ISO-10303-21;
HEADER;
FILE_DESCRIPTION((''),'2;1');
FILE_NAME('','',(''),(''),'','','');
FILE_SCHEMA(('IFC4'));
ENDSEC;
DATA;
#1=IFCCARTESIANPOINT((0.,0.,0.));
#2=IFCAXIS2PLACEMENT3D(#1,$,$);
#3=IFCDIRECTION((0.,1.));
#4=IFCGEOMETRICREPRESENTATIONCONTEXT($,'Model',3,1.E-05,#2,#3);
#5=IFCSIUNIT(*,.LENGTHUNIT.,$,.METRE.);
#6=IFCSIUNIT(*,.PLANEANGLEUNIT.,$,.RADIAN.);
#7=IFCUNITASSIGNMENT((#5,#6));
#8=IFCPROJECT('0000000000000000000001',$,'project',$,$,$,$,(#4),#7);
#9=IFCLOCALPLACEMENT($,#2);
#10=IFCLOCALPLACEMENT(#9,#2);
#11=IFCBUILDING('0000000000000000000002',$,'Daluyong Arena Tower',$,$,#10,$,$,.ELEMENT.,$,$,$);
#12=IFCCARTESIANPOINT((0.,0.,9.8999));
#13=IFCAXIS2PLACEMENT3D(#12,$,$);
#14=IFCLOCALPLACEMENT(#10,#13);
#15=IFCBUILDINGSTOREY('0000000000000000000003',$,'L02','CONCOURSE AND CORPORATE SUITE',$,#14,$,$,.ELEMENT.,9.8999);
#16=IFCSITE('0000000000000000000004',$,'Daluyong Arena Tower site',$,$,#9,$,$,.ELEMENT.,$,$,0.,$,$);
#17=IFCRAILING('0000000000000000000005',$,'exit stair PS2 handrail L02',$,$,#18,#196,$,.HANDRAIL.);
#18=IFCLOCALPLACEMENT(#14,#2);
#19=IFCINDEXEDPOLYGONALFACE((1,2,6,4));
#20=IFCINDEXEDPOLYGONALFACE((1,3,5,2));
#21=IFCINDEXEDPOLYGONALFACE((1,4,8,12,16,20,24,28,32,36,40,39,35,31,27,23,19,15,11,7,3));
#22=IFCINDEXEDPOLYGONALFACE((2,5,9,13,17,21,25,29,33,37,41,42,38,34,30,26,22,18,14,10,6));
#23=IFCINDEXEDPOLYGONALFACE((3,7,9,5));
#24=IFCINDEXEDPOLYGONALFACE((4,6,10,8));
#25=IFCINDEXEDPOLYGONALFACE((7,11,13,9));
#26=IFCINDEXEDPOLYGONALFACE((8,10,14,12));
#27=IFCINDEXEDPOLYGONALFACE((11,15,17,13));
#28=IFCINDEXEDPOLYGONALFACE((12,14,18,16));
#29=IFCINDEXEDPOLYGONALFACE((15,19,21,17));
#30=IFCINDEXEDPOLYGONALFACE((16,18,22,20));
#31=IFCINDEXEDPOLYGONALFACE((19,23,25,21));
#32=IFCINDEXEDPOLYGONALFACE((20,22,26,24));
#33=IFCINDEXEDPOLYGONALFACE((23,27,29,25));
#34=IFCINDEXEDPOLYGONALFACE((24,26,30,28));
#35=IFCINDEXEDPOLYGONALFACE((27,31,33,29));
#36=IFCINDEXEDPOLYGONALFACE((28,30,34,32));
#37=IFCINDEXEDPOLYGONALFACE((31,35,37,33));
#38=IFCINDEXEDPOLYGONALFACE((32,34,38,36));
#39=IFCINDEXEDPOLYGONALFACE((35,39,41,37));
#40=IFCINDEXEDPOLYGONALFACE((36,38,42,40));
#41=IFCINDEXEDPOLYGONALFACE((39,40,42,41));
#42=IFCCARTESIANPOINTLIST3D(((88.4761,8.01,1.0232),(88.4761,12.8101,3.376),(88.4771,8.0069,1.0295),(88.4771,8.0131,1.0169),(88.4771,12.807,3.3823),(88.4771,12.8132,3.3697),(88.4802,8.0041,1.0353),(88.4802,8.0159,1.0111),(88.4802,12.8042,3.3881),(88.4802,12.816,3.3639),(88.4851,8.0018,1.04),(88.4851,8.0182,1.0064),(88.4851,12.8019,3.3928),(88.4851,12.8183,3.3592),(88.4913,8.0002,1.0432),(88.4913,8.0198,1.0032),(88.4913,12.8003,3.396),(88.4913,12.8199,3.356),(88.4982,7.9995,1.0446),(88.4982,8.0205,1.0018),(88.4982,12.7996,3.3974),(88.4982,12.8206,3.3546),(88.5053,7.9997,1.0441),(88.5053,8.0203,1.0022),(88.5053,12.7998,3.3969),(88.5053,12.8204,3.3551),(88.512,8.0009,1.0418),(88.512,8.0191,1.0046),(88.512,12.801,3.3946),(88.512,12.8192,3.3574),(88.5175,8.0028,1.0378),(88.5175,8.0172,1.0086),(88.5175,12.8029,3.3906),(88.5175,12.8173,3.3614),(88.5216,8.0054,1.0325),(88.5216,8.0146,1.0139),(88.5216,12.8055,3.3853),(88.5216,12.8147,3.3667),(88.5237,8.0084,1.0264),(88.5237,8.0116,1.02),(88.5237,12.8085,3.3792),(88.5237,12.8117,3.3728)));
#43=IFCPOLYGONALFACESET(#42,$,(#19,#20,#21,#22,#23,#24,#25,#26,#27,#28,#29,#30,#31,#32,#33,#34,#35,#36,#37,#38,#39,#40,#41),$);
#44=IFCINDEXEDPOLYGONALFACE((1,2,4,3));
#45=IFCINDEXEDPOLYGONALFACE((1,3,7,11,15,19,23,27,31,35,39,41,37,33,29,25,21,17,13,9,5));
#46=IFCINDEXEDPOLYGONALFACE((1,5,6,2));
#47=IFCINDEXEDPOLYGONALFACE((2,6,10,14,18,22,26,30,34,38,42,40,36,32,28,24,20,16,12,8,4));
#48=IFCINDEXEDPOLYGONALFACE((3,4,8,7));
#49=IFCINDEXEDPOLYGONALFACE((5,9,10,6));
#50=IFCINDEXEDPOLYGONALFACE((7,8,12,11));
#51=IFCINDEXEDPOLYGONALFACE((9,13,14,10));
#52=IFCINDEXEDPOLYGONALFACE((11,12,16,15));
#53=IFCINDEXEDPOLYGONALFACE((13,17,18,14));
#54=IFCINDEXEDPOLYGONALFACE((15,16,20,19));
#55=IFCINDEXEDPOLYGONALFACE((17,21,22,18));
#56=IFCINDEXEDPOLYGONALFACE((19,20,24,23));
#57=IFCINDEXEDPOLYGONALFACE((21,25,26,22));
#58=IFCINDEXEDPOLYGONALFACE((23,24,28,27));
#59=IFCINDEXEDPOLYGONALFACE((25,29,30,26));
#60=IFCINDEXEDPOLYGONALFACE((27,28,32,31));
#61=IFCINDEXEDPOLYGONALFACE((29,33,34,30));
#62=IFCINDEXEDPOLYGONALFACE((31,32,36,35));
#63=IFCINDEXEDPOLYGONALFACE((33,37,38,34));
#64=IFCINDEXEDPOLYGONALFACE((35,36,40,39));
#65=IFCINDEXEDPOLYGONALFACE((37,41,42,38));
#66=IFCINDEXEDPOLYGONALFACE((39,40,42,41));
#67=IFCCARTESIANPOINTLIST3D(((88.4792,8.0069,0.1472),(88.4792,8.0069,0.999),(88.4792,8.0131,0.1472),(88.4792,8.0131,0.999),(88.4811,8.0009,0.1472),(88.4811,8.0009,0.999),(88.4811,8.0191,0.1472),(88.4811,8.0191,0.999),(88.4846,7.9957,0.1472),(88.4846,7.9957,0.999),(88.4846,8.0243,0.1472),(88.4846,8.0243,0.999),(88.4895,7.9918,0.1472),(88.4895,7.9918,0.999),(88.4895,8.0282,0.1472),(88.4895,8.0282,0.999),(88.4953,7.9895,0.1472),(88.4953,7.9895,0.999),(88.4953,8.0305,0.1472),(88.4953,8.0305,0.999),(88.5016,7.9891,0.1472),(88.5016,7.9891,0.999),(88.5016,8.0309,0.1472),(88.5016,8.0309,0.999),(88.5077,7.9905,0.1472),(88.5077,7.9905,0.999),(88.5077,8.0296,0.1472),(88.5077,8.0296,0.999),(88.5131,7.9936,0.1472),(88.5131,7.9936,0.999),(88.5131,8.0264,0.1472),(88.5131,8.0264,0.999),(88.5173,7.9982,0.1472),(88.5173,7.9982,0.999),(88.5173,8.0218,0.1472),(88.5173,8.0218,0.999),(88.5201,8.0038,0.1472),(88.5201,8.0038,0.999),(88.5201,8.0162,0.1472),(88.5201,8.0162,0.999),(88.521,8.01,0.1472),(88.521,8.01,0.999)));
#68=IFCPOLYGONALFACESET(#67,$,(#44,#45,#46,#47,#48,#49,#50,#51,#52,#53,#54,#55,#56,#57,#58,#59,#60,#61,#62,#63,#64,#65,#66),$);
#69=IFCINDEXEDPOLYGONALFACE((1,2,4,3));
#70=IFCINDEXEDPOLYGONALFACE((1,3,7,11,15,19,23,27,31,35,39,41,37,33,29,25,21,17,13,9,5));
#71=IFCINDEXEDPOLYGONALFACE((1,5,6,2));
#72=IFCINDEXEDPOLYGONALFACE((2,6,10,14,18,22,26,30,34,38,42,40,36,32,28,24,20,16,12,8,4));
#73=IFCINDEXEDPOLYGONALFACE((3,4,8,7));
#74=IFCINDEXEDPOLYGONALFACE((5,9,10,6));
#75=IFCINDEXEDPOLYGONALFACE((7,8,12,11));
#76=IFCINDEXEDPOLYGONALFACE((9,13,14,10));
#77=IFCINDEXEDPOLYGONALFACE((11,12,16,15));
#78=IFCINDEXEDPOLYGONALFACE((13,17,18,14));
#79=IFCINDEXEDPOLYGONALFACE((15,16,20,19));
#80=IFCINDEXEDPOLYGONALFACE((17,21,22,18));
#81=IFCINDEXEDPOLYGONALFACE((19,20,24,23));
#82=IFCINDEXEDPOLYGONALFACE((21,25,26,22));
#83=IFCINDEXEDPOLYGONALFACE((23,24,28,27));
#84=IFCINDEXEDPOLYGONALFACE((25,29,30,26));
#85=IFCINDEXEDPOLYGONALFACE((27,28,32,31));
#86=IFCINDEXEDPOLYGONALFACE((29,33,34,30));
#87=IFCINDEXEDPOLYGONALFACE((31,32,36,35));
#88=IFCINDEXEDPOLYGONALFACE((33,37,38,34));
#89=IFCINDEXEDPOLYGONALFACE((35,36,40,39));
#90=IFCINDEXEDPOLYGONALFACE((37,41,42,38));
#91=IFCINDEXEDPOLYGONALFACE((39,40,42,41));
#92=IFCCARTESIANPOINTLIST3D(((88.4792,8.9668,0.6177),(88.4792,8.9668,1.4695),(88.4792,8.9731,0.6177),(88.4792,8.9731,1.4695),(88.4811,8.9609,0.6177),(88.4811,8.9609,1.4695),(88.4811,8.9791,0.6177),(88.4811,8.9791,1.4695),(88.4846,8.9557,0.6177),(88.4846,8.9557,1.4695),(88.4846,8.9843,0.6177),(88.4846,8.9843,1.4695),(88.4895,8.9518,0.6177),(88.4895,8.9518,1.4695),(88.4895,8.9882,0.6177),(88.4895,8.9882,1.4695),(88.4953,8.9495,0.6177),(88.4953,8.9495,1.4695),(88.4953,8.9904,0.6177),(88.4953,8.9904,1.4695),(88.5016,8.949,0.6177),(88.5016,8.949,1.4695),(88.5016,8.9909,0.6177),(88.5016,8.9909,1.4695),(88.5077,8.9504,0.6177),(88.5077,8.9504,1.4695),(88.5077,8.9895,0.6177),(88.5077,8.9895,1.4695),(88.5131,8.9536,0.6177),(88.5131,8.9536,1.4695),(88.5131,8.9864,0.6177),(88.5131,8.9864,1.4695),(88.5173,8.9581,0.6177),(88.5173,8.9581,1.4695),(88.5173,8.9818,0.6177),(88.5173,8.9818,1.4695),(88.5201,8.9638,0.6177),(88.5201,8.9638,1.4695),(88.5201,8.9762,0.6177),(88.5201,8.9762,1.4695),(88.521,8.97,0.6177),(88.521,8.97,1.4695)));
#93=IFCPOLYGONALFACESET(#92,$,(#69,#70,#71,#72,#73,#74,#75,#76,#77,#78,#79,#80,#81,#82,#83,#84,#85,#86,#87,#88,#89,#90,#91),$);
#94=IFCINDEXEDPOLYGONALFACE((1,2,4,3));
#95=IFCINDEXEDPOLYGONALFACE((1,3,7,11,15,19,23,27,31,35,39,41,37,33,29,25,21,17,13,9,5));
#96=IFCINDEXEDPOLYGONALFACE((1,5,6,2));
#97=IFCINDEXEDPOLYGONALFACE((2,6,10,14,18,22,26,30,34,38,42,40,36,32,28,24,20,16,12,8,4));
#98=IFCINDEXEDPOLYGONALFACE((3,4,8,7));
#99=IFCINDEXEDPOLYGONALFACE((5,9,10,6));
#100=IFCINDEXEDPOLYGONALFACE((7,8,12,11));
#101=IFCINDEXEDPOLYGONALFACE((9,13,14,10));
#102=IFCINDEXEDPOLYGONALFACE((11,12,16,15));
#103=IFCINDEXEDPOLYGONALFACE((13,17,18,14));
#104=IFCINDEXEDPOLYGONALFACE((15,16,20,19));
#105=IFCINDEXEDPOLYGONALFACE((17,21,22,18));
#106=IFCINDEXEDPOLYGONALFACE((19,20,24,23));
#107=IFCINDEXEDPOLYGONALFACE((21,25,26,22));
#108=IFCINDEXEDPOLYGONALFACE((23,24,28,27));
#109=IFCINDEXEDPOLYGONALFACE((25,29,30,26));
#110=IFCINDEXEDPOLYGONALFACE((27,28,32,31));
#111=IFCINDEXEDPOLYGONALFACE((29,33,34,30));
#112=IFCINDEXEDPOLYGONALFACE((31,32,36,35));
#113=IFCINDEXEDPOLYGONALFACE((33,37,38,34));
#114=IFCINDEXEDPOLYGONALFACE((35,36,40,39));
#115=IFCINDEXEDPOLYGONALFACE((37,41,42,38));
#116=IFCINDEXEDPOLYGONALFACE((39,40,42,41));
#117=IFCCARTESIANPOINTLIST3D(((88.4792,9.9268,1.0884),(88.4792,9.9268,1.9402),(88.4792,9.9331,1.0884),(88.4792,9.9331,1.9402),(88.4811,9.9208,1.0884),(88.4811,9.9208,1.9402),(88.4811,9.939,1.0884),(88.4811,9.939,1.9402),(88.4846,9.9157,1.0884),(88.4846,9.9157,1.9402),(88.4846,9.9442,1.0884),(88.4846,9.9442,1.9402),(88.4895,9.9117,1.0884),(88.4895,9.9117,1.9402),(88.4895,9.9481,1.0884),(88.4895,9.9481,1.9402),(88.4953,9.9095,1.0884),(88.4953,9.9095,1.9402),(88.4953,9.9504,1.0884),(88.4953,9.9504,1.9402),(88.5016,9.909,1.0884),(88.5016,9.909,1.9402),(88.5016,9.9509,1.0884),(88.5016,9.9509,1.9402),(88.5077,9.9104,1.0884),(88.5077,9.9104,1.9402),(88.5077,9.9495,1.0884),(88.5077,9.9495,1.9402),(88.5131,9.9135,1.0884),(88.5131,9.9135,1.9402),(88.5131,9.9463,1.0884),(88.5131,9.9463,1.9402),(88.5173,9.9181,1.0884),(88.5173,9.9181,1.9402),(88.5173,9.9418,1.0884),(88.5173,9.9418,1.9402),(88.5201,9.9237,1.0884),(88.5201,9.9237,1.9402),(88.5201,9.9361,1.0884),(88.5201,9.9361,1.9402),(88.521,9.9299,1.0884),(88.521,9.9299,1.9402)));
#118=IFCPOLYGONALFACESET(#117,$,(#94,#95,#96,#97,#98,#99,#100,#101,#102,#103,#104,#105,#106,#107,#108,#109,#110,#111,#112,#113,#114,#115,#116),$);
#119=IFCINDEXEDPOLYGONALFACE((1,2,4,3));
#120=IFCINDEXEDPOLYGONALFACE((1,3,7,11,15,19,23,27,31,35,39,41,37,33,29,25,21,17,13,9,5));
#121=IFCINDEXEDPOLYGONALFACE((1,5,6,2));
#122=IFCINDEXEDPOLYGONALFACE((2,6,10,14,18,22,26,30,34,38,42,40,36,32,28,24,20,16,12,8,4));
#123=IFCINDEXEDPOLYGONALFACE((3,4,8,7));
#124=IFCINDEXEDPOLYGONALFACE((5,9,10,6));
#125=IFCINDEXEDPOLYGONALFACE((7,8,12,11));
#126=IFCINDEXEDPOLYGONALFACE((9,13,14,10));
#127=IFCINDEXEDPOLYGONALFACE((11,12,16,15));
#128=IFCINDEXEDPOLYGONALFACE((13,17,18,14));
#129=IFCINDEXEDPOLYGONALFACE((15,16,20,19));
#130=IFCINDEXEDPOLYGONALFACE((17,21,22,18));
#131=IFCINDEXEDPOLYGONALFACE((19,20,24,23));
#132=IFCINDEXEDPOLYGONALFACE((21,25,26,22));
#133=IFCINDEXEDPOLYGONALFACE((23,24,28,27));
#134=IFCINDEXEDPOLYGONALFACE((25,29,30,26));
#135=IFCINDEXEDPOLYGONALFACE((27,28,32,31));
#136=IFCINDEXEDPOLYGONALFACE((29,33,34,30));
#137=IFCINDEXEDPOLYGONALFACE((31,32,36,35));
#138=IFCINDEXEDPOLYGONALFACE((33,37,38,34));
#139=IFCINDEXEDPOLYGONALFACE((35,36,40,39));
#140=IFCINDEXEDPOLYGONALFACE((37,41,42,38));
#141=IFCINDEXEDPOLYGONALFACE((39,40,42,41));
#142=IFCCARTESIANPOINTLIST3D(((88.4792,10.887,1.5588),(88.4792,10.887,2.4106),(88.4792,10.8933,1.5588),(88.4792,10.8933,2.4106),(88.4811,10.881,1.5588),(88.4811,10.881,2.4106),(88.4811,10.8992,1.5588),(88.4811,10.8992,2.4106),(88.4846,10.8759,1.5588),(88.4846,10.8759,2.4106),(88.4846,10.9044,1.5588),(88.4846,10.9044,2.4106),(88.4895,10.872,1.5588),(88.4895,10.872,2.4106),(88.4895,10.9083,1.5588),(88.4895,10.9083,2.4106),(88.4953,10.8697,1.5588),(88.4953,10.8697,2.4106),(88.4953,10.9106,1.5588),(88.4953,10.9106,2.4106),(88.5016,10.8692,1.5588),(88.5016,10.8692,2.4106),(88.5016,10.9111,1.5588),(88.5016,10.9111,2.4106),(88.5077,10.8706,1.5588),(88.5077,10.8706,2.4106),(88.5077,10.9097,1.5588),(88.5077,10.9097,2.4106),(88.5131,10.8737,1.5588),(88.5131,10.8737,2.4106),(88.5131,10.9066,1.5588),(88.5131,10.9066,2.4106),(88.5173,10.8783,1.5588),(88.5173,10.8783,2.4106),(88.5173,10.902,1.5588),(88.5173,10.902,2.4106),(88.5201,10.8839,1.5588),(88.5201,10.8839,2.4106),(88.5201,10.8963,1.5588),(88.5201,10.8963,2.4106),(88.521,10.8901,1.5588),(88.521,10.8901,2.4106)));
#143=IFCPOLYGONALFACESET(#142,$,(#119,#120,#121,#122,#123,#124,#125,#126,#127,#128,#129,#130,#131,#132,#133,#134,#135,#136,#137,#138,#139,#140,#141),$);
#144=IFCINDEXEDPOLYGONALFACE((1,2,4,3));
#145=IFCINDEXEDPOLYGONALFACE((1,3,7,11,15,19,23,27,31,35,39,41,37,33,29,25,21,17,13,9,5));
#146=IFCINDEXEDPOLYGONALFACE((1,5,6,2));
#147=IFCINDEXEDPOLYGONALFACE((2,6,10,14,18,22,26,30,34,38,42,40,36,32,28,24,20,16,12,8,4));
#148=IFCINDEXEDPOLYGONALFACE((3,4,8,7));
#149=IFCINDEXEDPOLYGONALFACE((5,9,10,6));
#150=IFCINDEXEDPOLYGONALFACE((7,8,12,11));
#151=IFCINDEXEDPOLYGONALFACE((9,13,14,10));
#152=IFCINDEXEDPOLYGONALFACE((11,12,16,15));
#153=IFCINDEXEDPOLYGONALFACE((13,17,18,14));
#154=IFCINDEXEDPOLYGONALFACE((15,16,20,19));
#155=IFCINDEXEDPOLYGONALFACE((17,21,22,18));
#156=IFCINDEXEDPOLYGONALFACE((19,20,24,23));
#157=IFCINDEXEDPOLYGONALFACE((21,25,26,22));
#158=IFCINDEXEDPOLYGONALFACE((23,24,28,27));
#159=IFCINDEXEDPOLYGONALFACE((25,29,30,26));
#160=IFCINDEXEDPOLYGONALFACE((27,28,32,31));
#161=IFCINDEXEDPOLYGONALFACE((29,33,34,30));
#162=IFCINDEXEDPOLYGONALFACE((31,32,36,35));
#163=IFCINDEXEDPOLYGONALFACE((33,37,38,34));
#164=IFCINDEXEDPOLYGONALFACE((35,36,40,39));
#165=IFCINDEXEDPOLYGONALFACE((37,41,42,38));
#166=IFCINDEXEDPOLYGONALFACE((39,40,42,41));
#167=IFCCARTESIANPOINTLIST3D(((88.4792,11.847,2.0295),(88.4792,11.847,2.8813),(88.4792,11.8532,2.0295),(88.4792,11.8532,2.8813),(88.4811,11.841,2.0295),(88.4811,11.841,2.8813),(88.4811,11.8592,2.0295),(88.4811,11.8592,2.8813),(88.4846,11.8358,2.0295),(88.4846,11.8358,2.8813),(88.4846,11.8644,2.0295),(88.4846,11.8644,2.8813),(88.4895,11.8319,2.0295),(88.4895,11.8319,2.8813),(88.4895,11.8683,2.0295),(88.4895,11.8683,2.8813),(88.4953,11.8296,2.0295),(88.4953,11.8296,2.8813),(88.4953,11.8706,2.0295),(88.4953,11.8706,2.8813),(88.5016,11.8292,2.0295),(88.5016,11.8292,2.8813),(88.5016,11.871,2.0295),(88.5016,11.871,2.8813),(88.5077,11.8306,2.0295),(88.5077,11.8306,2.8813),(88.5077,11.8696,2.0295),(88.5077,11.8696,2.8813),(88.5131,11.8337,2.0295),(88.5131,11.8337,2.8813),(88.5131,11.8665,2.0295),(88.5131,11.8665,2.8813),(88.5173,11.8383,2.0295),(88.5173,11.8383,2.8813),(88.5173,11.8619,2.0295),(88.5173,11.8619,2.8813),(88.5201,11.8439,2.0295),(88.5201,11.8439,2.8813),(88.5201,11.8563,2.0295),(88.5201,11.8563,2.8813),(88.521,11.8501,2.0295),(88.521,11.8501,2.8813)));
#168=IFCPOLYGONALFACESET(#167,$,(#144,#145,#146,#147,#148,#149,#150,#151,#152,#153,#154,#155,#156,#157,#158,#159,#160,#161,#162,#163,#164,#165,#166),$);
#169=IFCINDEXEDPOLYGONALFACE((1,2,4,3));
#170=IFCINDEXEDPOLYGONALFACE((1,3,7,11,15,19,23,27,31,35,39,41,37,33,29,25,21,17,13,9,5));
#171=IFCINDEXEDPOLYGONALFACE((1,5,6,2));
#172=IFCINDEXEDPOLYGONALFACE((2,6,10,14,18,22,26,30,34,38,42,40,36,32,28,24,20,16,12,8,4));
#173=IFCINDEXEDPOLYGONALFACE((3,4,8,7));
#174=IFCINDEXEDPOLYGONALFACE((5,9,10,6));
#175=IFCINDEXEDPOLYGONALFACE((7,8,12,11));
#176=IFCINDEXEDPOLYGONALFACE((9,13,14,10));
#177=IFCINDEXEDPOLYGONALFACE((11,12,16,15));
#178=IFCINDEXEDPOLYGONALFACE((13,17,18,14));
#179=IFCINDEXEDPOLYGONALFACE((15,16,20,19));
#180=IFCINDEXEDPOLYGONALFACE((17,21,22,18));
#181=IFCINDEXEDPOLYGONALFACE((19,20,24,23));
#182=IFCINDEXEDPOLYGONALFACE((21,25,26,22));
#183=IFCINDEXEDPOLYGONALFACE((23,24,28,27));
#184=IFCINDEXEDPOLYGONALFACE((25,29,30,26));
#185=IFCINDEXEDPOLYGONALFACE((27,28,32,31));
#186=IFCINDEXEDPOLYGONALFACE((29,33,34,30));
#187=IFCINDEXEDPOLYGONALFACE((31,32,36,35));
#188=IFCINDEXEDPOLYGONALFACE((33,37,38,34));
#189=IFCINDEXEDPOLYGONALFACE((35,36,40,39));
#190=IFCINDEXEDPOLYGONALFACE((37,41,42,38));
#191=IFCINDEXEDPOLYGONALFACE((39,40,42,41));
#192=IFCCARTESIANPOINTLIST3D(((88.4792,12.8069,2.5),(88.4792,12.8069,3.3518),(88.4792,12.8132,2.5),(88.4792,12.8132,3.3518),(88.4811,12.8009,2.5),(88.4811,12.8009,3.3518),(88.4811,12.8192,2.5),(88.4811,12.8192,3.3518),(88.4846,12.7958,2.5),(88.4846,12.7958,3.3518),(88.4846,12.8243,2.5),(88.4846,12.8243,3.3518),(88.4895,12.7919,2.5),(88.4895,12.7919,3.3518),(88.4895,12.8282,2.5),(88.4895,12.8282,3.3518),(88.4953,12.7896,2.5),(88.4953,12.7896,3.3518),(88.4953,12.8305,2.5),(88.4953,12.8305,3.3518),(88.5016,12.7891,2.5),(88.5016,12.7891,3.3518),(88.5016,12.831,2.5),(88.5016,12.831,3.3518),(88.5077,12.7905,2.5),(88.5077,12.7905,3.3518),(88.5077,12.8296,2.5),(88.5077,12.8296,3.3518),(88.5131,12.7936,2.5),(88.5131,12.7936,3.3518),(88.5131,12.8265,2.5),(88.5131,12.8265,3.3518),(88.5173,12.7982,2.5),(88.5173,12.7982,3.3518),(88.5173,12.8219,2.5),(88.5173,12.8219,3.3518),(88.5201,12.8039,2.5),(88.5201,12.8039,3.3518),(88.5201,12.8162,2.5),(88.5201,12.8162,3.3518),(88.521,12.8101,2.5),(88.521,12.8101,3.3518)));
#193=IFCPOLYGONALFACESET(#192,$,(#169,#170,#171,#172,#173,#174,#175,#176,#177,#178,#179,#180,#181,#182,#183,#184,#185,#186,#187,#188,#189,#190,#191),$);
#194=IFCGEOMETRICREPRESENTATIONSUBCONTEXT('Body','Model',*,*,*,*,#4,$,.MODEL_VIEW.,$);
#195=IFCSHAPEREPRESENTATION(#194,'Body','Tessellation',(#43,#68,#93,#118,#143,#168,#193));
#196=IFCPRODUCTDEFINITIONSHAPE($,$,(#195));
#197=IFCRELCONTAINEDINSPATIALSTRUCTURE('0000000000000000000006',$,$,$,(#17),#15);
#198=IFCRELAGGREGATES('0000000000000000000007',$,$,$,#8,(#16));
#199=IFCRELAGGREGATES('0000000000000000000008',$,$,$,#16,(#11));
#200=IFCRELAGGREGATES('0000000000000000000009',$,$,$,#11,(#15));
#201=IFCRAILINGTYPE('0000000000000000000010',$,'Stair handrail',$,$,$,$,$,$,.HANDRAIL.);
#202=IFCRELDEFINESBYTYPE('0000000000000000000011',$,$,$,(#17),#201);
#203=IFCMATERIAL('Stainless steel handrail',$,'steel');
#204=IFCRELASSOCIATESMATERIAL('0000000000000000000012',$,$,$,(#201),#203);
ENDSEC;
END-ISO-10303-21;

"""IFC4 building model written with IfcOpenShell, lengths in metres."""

from ifc_helpers import new_model, si_unit, direction, frame, origin, origin_2d, place, context, subcontext, project, spatial, circle, extrude, material, type_object, element, save


model = new_model("IFC4")

# Units and contexts
model_context = context("Model", 3, precision=1e-05, world=origin(), true_north=direction((0.0, 1.0)))
body_context = subcontext(model_context, "Body", "Model", "MODEL_VIEW")
ifc_project = project(units=[si_unit("LENGTHUNIT", "METRE"), si_unit("PLANEANGLEUNIT", "RADIAN")], contexts=[model_context])

# Site, building, storey
site_placement = place(None, origin())
site = spatial("IfcSite", under=ifc_project, at=site_placement, Name="Daluyong Arena Tower site", CompositionType="ELEMENT", RefElevation=0.0)
building_placement = place(site_placement, origin())
building = spatial("IfcBuilding", under=site, at=building_placement, Name="Daluyong Arena Tower", CompositionType="ELEMENT")
storey_placement = place(building_placement, frame((0.0, 0.0, 9.8999)))
storey = spatial("IfcBuildingStorey", under=building, at=storey_placement, Name="L02", Description="CONCOURSE AND CORPORATE SUITE", CompositionType="ELEMENT", Elevation=9.8999)

# Railing
ifc_material_1 = material(Name="Stainless steel handrail", Category="steel")
railing_type_1 = type_object("IfcRailingType", Name="Stair handrail", PredefinedType="HANDRAIL", material=ifc_material_1)
railing_1_placement = place(storey_placement, frame((88.5, 8.01, 0.1472)))
element("IfcRailing", 1, at=railing_1_placement, inside=storey, type_object=railing_type_1, Name="exit stair PS2 handrail L02", PredefinedType="HANDRAIL", context=body_context, shape_type="SweptSolid", body=[
    extrude(circle(Radius=0.0239, at=origin_2d()), frame((0.0, 0.0, 0.876), z_axis=(0.0, 0.897934, 0.44013), x_axis=(-1.0, 0.0, 0.0)), (0.0, 0.0, 1.0), 5.3457),
    extrude(circle(Radius=0.021, at=origin_2d()), origin(), (0.0, 0.0, 1.0), 0.8518),
    extrude(circle(Radius=0.021, at=origin_2d()), frame((0.0, 0.96, 0.4705)), (0.0, 0.0, 1.0), 0.8518),
    extrude(circle(Radius=0.021, at=origin_2d()), frame((0.0, 1.9199, 0.9412)), (0.0, 0.0, 1.0), 0.8518),
    extrude(circle(Radius=0.021, at=origin_2d()), frame((0.0, 2.8801, 1.4116)), (0.0, 0.0, 1.0), 0.8518),
    extrude(circle(Radius=0.021, at=origin_2d()), frame((0.0, 3.8401, 1.8823)), (0.0, 0.0, 1.0), 0.8518),
    extrude(circle(Radius=0.021, at=origin_2d()), frame((0.0, 4.8, 2.3528)), (0.0, 0.0, 1.0), 0.8518),
])

save(model, "model.ifc")
